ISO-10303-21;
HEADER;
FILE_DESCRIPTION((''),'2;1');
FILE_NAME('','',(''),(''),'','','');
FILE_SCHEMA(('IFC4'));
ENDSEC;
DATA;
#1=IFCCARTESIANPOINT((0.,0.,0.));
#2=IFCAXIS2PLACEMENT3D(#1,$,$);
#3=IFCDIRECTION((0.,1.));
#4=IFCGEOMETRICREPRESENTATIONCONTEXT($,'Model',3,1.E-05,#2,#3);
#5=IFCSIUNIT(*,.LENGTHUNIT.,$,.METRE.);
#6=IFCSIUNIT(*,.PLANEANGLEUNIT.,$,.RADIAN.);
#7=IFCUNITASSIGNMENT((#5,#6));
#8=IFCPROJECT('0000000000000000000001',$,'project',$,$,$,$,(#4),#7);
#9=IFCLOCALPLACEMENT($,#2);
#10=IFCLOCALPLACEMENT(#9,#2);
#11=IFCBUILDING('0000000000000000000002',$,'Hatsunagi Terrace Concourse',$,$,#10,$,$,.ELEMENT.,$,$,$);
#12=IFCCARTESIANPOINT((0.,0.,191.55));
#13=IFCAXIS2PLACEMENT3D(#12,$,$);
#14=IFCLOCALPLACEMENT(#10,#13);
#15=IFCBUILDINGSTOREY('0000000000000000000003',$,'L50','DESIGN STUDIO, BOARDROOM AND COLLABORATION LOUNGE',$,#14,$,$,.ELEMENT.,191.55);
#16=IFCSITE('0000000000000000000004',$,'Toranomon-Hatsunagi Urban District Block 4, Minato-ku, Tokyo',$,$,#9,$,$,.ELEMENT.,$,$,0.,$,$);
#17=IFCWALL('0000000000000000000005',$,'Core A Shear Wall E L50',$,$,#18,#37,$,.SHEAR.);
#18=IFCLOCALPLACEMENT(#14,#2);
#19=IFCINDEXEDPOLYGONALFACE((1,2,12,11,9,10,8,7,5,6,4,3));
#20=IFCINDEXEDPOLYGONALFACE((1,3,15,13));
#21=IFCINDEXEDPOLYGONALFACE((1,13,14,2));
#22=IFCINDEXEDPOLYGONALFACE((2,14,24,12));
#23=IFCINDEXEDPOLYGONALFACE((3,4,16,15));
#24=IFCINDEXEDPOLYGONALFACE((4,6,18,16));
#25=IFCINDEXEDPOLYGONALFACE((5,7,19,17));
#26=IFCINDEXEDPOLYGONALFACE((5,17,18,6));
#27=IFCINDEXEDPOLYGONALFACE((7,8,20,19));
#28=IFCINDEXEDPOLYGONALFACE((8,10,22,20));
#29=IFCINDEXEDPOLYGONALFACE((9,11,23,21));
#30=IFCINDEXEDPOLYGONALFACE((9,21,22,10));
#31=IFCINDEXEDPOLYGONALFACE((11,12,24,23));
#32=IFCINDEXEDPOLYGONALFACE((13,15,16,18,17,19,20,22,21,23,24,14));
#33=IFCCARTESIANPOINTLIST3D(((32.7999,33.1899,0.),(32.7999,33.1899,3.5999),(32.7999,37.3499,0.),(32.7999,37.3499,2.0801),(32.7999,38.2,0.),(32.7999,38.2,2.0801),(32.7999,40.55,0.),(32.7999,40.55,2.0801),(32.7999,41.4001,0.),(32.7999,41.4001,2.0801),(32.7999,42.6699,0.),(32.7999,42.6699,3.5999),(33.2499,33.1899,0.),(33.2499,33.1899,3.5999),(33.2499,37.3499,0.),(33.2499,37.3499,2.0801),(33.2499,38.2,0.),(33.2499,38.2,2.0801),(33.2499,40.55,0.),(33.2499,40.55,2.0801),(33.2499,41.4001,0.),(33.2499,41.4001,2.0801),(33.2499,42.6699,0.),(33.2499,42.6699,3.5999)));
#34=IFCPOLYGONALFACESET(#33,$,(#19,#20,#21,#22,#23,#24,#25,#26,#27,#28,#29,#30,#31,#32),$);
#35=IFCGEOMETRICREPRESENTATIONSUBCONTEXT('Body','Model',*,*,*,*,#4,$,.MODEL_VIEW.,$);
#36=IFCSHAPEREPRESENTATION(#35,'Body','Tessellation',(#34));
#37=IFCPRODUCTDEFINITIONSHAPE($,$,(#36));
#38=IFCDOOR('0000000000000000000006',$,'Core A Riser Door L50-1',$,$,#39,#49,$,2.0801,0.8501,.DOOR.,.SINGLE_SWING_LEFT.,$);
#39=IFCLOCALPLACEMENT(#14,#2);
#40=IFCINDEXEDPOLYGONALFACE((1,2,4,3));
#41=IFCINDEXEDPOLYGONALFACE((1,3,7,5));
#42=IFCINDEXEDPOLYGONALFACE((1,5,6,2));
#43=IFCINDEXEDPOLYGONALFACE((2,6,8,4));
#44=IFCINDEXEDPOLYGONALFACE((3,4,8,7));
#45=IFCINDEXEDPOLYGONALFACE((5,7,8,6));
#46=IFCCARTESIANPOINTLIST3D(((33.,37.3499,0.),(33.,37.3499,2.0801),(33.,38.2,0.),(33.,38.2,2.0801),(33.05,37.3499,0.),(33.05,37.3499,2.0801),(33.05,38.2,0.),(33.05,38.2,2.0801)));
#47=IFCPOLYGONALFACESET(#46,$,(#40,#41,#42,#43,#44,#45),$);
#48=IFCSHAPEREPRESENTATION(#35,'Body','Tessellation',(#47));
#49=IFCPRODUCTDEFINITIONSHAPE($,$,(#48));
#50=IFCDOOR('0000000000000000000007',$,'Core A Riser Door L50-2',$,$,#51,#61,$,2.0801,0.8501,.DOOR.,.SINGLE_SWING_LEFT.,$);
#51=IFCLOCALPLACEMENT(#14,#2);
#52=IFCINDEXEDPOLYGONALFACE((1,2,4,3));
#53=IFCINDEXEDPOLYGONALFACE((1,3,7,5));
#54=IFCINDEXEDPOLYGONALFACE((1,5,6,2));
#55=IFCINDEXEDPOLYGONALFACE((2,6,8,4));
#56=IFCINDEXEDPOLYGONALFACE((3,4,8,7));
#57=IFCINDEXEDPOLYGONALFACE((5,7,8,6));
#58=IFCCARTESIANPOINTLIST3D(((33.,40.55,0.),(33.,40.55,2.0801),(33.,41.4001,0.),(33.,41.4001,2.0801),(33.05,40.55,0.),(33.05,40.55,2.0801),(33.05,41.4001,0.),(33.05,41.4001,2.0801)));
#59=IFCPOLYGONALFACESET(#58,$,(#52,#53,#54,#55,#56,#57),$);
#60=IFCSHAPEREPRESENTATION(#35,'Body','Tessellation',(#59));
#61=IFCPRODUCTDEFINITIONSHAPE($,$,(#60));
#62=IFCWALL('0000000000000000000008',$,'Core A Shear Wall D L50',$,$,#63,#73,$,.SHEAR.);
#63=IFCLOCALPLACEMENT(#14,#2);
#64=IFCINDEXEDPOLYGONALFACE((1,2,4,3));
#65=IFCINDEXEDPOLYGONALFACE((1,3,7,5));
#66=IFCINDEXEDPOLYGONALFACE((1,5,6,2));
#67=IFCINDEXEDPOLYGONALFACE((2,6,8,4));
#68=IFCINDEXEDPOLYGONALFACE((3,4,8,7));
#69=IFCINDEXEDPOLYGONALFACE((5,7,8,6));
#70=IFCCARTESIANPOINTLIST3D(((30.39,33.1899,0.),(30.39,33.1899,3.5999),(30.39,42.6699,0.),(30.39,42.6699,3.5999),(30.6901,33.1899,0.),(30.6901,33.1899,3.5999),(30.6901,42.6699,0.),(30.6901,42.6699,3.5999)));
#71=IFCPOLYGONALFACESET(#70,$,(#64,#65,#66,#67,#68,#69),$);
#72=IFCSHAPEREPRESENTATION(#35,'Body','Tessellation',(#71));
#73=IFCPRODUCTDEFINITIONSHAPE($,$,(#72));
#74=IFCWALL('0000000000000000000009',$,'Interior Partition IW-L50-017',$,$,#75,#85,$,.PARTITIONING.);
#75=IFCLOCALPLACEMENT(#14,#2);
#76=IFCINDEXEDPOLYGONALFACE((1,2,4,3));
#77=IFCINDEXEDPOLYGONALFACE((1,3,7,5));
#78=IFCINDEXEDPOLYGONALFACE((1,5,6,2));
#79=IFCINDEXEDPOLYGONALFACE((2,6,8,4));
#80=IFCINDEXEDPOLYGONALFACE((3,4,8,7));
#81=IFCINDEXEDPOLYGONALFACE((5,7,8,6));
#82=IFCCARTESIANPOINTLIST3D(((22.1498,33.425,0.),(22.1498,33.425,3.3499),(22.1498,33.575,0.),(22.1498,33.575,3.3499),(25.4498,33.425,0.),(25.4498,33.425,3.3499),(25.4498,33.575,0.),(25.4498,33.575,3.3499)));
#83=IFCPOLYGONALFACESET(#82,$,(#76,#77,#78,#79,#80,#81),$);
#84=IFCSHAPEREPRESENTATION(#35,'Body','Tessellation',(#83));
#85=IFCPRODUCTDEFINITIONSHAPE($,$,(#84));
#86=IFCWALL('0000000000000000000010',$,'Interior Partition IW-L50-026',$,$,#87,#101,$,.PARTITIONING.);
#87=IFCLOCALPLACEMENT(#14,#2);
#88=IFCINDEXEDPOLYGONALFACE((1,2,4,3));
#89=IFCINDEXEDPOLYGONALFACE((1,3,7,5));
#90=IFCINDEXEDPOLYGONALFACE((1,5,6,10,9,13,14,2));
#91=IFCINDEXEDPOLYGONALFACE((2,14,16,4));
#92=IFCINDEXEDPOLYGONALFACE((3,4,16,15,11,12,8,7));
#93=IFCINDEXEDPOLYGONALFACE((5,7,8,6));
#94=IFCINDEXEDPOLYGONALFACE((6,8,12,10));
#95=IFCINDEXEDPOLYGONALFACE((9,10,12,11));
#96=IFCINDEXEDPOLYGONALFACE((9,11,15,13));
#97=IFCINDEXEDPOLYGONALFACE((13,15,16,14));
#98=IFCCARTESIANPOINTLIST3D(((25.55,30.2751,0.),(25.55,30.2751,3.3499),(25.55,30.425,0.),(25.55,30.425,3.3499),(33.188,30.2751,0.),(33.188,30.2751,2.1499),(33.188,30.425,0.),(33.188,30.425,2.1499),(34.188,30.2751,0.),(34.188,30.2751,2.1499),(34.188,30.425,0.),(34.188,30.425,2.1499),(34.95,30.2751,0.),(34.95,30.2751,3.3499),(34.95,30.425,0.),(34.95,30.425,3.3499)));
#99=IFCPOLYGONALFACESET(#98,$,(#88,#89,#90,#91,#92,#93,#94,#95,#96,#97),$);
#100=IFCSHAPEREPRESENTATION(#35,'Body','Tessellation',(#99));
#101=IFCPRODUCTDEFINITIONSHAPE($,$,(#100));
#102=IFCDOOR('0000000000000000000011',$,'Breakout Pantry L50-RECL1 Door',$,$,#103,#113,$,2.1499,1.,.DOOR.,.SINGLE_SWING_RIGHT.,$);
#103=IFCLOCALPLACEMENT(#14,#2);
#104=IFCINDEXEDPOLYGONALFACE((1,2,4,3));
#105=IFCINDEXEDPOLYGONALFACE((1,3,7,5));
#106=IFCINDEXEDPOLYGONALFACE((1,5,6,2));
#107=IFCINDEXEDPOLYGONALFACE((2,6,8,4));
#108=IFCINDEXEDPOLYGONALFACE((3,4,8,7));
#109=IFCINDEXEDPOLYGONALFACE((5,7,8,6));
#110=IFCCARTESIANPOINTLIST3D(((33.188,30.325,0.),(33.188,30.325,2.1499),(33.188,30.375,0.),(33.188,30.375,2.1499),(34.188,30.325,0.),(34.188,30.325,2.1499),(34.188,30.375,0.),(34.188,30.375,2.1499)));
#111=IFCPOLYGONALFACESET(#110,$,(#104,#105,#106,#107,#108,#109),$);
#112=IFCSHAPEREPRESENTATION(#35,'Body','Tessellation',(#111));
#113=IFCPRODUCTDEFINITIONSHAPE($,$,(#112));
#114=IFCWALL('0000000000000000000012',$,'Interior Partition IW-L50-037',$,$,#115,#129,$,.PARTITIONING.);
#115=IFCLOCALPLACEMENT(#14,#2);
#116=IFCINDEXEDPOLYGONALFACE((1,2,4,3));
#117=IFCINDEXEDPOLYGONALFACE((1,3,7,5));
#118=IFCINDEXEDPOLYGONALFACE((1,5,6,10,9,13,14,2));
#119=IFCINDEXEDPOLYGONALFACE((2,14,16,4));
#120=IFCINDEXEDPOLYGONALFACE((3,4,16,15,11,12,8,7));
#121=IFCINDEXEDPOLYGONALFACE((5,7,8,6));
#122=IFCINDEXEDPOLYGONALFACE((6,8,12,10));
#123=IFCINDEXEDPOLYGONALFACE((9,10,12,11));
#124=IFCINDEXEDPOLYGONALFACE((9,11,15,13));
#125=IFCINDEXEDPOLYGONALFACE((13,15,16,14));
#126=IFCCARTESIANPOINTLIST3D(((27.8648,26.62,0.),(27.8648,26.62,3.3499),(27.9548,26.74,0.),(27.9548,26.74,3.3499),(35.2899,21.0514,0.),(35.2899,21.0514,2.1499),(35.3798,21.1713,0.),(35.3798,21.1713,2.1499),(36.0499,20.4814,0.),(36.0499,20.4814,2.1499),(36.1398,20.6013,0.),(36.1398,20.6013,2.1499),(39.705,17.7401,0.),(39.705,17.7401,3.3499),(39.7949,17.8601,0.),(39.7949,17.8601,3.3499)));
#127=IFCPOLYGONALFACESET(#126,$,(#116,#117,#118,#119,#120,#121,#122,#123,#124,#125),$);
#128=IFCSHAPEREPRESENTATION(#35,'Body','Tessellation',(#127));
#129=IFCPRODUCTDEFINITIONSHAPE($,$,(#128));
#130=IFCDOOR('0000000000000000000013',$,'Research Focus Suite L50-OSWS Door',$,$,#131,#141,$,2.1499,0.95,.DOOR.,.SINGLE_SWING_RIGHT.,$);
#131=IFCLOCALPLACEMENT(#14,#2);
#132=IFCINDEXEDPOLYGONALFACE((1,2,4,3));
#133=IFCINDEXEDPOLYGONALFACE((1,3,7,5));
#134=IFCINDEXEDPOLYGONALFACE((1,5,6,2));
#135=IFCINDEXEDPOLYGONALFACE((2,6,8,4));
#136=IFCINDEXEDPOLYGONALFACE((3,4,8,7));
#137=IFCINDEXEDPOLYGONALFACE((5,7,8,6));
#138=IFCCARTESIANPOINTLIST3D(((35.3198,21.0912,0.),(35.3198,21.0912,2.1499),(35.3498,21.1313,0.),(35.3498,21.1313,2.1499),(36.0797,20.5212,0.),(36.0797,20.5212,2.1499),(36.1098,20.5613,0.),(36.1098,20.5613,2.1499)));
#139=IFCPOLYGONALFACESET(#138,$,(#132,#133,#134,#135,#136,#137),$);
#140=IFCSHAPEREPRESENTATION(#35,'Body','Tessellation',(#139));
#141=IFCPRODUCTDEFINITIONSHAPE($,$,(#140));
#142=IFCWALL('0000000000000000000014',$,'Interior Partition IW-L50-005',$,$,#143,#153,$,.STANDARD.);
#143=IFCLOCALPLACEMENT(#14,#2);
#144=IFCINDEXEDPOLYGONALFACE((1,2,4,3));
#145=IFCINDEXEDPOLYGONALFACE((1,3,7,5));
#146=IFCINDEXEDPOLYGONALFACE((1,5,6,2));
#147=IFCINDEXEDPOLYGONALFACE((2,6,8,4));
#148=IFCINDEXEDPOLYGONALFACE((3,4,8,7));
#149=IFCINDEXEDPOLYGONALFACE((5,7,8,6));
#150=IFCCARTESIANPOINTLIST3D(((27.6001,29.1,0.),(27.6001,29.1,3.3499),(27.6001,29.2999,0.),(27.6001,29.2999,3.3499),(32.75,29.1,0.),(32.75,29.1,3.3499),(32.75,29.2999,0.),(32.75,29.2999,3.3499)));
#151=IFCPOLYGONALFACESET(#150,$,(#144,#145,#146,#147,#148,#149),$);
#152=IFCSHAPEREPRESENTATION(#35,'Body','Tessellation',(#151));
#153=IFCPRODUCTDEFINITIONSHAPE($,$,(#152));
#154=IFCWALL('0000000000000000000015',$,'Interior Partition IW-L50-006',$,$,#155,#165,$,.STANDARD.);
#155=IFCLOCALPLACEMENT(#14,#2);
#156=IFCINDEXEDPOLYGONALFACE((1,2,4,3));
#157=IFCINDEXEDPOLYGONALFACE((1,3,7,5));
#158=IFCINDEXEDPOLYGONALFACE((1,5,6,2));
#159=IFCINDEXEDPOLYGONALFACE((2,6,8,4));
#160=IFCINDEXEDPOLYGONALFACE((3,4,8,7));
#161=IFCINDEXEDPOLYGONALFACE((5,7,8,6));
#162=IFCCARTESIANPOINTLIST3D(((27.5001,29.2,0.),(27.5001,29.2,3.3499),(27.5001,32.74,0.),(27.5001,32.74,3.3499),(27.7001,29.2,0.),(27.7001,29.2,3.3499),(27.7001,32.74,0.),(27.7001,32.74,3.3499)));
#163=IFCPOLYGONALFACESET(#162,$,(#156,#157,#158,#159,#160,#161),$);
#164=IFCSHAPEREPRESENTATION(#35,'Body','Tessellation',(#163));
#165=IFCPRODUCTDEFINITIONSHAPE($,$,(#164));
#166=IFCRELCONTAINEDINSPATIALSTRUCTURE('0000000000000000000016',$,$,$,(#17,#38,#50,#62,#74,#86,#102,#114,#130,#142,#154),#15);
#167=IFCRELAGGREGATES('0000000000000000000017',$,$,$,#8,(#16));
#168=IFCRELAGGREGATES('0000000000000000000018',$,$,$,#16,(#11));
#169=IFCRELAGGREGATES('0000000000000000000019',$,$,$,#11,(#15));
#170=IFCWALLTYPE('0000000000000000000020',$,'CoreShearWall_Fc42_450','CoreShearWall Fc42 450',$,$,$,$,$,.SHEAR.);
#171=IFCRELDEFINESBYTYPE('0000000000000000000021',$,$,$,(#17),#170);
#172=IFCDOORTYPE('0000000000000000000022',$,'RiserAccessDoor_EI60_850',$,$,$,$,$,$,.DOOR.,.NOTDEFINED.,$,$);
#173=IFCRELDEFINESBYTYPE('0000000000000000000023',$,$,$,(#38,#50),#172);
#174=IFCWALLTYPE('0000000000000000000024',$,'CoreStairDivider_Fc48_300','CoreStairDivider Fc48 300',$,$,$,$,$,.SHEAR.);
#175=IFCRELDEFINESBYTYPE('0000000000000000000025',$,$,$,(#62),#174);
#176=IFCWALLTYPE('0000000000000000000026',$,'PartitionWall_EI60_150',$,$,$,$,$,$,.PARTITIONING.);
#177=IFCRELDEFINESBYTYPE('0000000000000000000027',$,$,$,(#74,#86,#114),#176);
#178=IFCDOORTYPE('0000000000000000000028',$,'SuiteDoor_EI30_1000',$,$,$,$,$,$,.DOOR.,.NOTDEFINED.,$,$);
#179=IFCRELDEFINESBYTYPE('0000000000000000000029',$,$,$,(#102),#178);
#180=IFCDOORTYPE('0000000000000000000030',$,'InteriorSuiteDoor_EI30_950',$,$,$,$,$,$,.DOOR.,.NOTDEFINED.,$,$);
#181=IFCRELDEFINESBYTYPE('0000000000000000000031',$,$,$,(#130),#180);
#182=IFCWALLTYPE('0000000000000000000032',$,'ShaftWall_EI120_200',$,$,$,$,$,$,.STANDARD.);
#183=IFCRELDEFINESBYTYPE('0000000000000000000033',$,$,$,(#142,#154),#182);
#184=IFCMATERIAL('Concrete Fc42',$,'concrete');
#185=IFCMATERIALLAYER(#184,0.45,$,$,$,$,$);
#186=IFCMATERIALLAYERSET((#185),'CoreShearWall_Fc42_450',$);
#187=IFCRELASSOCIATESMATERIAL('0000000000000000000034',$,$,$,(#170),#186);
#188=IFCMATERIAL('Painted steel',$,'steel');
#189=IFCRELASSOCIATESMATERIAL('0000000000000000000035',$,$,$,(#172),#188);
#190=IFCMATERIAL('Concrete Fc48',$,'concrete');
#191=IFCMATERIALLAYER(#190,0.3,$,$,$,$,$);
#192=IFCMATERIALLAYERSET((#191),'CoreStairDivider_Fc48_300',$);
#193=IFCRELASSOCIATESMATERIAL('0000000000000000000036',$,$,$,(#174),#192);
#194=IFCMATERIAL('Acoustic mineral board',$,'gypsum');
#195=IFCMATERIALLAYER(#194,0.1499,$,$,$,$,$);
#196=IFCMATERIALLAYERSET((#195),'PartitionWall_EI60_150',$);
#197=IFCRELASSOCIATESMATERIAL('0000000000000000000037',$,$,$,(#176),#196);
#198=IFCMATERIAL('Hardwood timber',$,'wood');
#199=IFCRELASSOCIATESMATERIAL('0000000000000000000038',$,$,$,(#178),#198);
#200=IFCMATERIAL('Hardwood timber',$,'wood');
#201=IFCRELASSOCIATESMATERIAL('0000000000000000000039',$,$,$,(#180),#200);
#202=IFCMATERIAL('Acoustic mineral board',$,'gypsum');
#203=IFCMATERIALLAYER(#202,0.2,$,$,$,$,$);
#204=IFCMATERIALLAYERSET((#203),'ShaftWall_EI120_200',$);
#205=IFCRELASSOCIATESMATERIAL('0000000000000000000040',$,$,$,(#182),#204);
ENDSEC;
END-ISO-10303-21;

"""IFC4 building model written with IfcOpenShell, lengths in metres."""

from ifc_helpers import new_model, si_unit, direction, frame, frame_2d, origin, place, context, subcontext, project, spatial, rectangle, extrude, material, layer, layer_set, type_object, element, fill, save


model = new_model("IFC4")

# Units and contexts
model_context = context("Model", 3, precision=1e-05, world=origin(), true_north=direction((0.0, 1.0)))
body_context = subcontext(model_context, "Body", "Model", "MODEL_VIEW")
ifc_project = project(units=[si_unit("LENGTHUNIT", "METRE"), si_unit("PLANEANGLEUNIT", "RADIAN")], contexts=[model_context])

# Site, building, storey
site_placement = place(None, origin())
site = spatial("IfcSite", under=ifc_project, at=site_placement, Name="Toranomon-Hatsunagi Urban District Block 4, Minato-ku, Tokyo", CompositionType="ELEMENT", RefElevation=0.0)
building_placement = place(site_placement, origin())
building = spatial("IfcBuilding", under=site, at=building_placement, Name="Hatsunagi Terrace Concourse", CompositionType="ELEMENT")
storey_placement = place(building_placement, frame((0.0, 0.0, 191.55)))
storey = spatial("IfcBuildingStorey", under=building, at=storey_placement, Name="L50", Description="DESIGN STUDIO, BOARDROOM AND COLLABORATION LOUNGE", CompositionType="ELEMENT", Elevation=191.55)

# Shared definitions
ifc_material_1 = material(Name="Concrete Fc42", Category="concrete")
ifc_layer_1 = layer(ifc_material_1, 0.45)
ifc_layer_set_1 = layer_set([ifc_layer_1], Name="CoreShearWall_Fc42_450")
wall_type_1 = type_object("IfcWallType", Name="CoreShearWall_Fc42_450", Description="CoreShearWall Fc42 450", PredefinedType="SHEAR", material=ifc_layer_set_1)

# Wall, openings, doors
wall_1_placement = place(storey_placement, frame((33.0249, 33.1899, 0.0), z_axis=(0.0, 0.0, 1.0), x_axis=(0.0, 1.0, 0.0)))
wall_1 = element("IfcWall", 1, at=wall_1_placement, inside=storey, type_object=wall_type_1, Name="Core A Shear Wall E L50", PredefinedType="SHEAR", context=body_context, shape_type="SweptSolid", body=[
    extrude(rectangle(XDim=9.48, YDim=0.45, at=frame_2d((4.74, 0.0))), origin(), (0.0, 0.0, 1.0), 3.5999),
])
opening_1_placement = place(wall_1_placement, frame((4.1599, 0.0, 0.0)))
opening_1 = element("IfcOpeningElement", 2, at=opening_1_placement, cuts=wall_1, PredefinedType="OPENING", context=body_context, shape_type="SweptSolid", body=[
    extrude(rectangle(XDim=0.8501, YDim=2.0801, at=frame_2d((0.425, 1.04))), frame((0.0, 0.2349, 0.0), z_axis=(0.0, -1.0, 0.0), x_axis=(1.0, 0.0, 0.0)), (0.0, 0.0, 1.0), 0.47),
])
opening_2_placement = place(wall_1_placement, frame((7.3601, 0.0, 0.0)))
opening_2 = element("IfcOpeningElement", 3, at=opening_2_placement, cuts=wall_1, PredefinedType="OPENING", context=body_context, shape_type="SweptSolid", body=[
    extrude(rectangle(XDim=0.8501, YDim=2.0801, at=frame_2d((0.425, 1.04))), frame((0.0, 0.2349, 0.0), z_axis=(0.0, -1.0, 0.0), x_axis=(1.0, 0.0, 0.0)), (0.0, 0.0, 1.0), 0.47),
])
ifc_material_2 = material(Name="Painted steel", Category="steel")
door_type_1 = type_object("IfcDoorType", Name="RiserAccessDoor_EI60_850", OperationType="NOTDEFINED", PredefinedType="DOOR", material=ifc_material_2)
door_1_placement = place(opening_1_placement, origin())
door_1 = element("IfcDoor", 4, at=door_1_placement, inside=storey, type_object=door_type_1, Name="Core A Riser Door L50-1", OperationType="SINGLE_SWING_LEFT", OverallHeight=2.0801, OverallWidth=0.8501, PredefinedType="DOOR", context=body_context, shape_type="SweptSolid", body=[
    extrude(rectangle(XDim=0.8501, YDim=2.0801, at=frame_2d((0.425, 1.04))), frame((0.0, 0.0249, 0.0), z_axis=(0.0, -1.0, 0.0), x_axis=(1.0, 0.0, 0.0)), (0.0, 0.0, 1.0), 0.05),
])
fill(opening_1, door_1)
door_2_placement = place(opening_2_placement, origin())
door_2 = element("IfcDoor", 5, at=door_2_placement, inside=storey, type_object=door_type_1, Name="Core A Riser Door L50-2", OperationType="SINGLE_SWING_LEFT", OverallHeight=2.0801, OverallWidth=0.8501, PredefinedType="DOOR", context=body_context, shape_type="SweptSolid", body=[
    extrude(rectangle(XDim=0.8501, YDim=2.0801, at=frame_2d((0.425, 1.04))), frame((0.0, 0.0249, 0.0), z_axis=(0.0, -1.0, 0.0), x_axis=(1.0, 0.0, 0.0)), (0.0, 0.0, 1.0), 0.05),
])
fill(opening_2, door_2)

# Walls
ifc_material_3 = material(Name="Concrete Fc48", Category="concrete")
ifc_layer_2 = layer(ifc_material_3, 0.3)
ifc_layer_set_2 = layer_set([ifc_layer_2], Name="CoreStairDivider_Fc48_300")
wall_type_2 = type_object("IfcWallType", Name="CoreStairDivider_Fc48_300", Description="CoreStairDivider Fc48 300", PredefinedType="SHEAR", material=ifc_layer_set_2)
wall_2_placement = place(storey_placement, frame((30.54, 33.1899, 0.0), z_axis=(0.0, 0.0, 1.0), x_axis=(0.0, 1.0, 0.0)))
element("IfcWall", 6, at=wall_2_placement, inside=storey, type_object=wall_type_2, Name="Core A Shear Wall D L50", PredefinedType="SHEAR", context=body_context, shape_type="SweptSolid", body=[
    extrude(rectangle(XDim=9.48, YDim=0.3, at=frame_2d((4.74, 0.0))), origin(), (0.0, 0.0, 1.0), 3.5999),
])
ifc_material_4 = material(Name="Acoustic mineral board", Category="gypsum")
ifc_layer_3 = layer(ifc_material_4, 0.1499)
ifc_layer_set_3 = layer_set([ifc_layer_3], Name="PartitionWall_EI60_150")
wall_type_3 = type_object("IfcWallType", Name="PartitionWall_EI60_150", PredefinedType="PARTITIONING", material=ifc_layer_set_3)
wall_3_placement = place(storey_placement, frame((22.1499, 33.5, 0.0), z_axis=(0.0, 0.0, 1.0), x_axis=(1.0, 0.0, 0.0)))
element("IfcWall", 7, at=wall_3_placement, inside=storey, type_object=wall_type_3, Name="Interior Partition IW-L50-017", PredefinedType="PARTITIONING", context=body_context, shape_type="SweptSolid", body=[
    extrude(rectangle(XDim=3.3, YDim=0.1499, at=frame_2d((1.6499, 0.0))), origin(), (0.0, 0.0, 1.0), 3.3499),
])

# Walls, openings, doors
wall_4_placement = place(storey_placement, frame((25.55, 30.3501, 0.0), z_axis=(0.0, 0.0, 1.0), x_axis=(1.0, 0.0, 0.0)))
wall_4 = element("IfcWall", 8, at=wall_4_placement, inside=storey, type_object=wall_type_3, Name="Interior Partition IW-L50-026", PredefinedType="PARTITIONING", context=body_context, shape_type="SweptSolid", body=[
    extrude(rectangle(XDim=9.3999, YDim=0.1499, at=frame_2d((4.7, 0.0))), origin(), (0.0, 0.0, 1.0), 3.3499),
])
opening_3_placement = place(wall_4_placement, frame((7.6379, 0.0, 0.0)))
opening_3 = element("IfcOpeningElement", 9, at=opening_3_placement, cuts=wall_4, PredefinedType="OPENING", context=body_context, shape_type="SweptSolid", body=[
    extrude(rectangle(XDim=1.0, YDim=2.1499, at=frame_2d((0.5, 1.075))), frame((0.0, 0.085, 0.0), z_axis=(0.0, -1.0, 0.0), x_axis=(1.0, 0.0, 0.0)), (0.0, 0.0, 1.0), 0.1699),
])
ifc_material_5 = material(Name="Hardwood timber", Category="wood")
door_type_2 = type_object("IfcDoorType", Name="SuiteDoor_EI30_1000", OperationType="NOTDEFINED", PredefinedType="DOOR", material=ifc_material_5)
door_3_placement = place(opening_3_placement, origin())
door_3 = element("IfcDoor", 10, at=door_3_placement, inside=storey, type_object=door_type_2, Name="Breakout Pantry L50-RECL1 Door", OperationType="SINGLE_SWING_RIGHT", OverallHeight=2.1499, OverallWidth=1.0, PredefinedType="DOOR", context=body_context, shape_type="SweptSolid", body=[
    extrude(rectangle(XDim=1.0, YDim=2.1499, at=frame_2d((0.5, 1.075))), frame((0.0, 0.0249, 0.0), z_axis=(0.0, -1.0, 0.0), x_axis=(1.0, 0.0, 0.0)), (0.0, 0.0, 1.0), 0.05),
])
fill(opening_3, door_3)
ifc_material_6 = material(Name="Hardwood timber", Category="wood")
door_type_3 = type_object("IfcDoorType", Name="InteriorSuiteDoor_EI30_950", OperationType="NOTDEFINED", PredefinedType="DOOR", material=ifc_material_6)
wall_5_placement = place(storey_placement, frame((27.9099, 26.6799, 0.0), z_axis=(0.0, 0.0, 1.0), x_axis=(0.800006, -0.599992, 0.0)))
wall_5 = element("IfcWall", 11, at=wall_5_placement, inside=storey, type_object=wall_type_3, Name="Interior Partition IW-L50-037", PredefinedType="PARTITIONING", context=body_context, shape_type="SweptSolid", body=[
    extrude(rectangle(XDim=14.8, YDim=0.1499, at=frame_2d((7.3999, 0.0))), origin(), (0.0, 0.0, 1.0), 3.3499),
])
opening_4_placement = place(wall_5_placement, frame((9.281, 0.0, 0.0)))
opening_4 = element("IfcOpeningElement", 12, at=opening_4_placement, cuts=wall_5, PredefinedType="OPENING", context=body_context, shape_type="SweptSolid", body=[
    extrude(rectangle(XDim=0.95, YDim=2.1499, at=frame_2d((0.4751, 1.075))), frame((0.0, 0.085, 0.0), z_axis=(0.0, -1.0, 0.0), x_axis=(1.0, 0.0, 0.0)), (0.0, 0.0, 1.0), 0.1699),
])
door_4_placement = place(opening_4_placement, origin())
door_4 = element("IfcDoor", 13, at=door_4_placement, inside=storey, type_object=door_type_3, Name="Research Focus Suite L50-OSWS Door", OperationType="SINGLE_SWING_RIGHT", OverallHeight=2.1499, OverallWidth=0.95, PredefinedType="DOOR", context=body_context, shape_type="SweptSolid", body=[
    extrude(rectangle(XDim=0.95, YDim=2.1499, at=frame_2d((0.4751, 1.075))), frame((0.0, 0.0249, 0.0), z_axis=(0.0, -1.0, 0.0), x_axis=(1.0, 0.0, 0.0)), (0.0, 0.0, 1.0), 0.05),
])
fill(opening_4, door_4)

# Walls
ifc_material_7 = material(Name="Acoustic mineral board", Category="gypsum")
ifc_layer_4 = layer(ifc_material_7, 0.2)
ifc_layer_set_4 = layer_set([ifc_layer_4], Name="ShaftWall_EI120_200")
wall_type_4 = type_object("IfcWallType", Name="ShaftWall_EI120_200", PredefinedType="STANDARD", material=ifc_layer_set_4)
wall_6_placement = place(storey_placement, frame((27.6001, 29.2, 0.0), z_axis=(0.0, 0.0, 1.0), x_axis=(1.0, 0.0, 0.0)))
element("IfcWall", 14, at=wall_6_placement, inside=storey, type_object=wall_type_4, Name="Interior Partition IW-L50-005", PredefinedType="STANDARD", context=body_context, shape_type="SweptSolid", body=[
    extrude(rectangle(XDim=5.1499, YDim=0.2, at=frame_2d((2.575, 0.0))), origin(), (0.0, 0.0, 1.0), 3.3499),
])
wall_7_placement = place(storey_placement, frame((27.6001, 29.2, 0.0), z_axis=(0.0, 0.0, 1.0), x_axis=(0.0, 1.0, 0.0)))
element("IfcWall", 15, at=wall_7_placement, inside=storey, type_object=wall_type_4, Name="Interior Partition IW-L50-006", PredefinedType="STANDARD", context=body_context, shape_type="SweptSolid", body=[
    extrude(rectangle(XDim=3.54, YDim=0.2, at=frame_2d((1.77, 0.0))), origin(), (0.0, 0.0, 1.0), 3.3499),
])

save(model, "model.ifc")
